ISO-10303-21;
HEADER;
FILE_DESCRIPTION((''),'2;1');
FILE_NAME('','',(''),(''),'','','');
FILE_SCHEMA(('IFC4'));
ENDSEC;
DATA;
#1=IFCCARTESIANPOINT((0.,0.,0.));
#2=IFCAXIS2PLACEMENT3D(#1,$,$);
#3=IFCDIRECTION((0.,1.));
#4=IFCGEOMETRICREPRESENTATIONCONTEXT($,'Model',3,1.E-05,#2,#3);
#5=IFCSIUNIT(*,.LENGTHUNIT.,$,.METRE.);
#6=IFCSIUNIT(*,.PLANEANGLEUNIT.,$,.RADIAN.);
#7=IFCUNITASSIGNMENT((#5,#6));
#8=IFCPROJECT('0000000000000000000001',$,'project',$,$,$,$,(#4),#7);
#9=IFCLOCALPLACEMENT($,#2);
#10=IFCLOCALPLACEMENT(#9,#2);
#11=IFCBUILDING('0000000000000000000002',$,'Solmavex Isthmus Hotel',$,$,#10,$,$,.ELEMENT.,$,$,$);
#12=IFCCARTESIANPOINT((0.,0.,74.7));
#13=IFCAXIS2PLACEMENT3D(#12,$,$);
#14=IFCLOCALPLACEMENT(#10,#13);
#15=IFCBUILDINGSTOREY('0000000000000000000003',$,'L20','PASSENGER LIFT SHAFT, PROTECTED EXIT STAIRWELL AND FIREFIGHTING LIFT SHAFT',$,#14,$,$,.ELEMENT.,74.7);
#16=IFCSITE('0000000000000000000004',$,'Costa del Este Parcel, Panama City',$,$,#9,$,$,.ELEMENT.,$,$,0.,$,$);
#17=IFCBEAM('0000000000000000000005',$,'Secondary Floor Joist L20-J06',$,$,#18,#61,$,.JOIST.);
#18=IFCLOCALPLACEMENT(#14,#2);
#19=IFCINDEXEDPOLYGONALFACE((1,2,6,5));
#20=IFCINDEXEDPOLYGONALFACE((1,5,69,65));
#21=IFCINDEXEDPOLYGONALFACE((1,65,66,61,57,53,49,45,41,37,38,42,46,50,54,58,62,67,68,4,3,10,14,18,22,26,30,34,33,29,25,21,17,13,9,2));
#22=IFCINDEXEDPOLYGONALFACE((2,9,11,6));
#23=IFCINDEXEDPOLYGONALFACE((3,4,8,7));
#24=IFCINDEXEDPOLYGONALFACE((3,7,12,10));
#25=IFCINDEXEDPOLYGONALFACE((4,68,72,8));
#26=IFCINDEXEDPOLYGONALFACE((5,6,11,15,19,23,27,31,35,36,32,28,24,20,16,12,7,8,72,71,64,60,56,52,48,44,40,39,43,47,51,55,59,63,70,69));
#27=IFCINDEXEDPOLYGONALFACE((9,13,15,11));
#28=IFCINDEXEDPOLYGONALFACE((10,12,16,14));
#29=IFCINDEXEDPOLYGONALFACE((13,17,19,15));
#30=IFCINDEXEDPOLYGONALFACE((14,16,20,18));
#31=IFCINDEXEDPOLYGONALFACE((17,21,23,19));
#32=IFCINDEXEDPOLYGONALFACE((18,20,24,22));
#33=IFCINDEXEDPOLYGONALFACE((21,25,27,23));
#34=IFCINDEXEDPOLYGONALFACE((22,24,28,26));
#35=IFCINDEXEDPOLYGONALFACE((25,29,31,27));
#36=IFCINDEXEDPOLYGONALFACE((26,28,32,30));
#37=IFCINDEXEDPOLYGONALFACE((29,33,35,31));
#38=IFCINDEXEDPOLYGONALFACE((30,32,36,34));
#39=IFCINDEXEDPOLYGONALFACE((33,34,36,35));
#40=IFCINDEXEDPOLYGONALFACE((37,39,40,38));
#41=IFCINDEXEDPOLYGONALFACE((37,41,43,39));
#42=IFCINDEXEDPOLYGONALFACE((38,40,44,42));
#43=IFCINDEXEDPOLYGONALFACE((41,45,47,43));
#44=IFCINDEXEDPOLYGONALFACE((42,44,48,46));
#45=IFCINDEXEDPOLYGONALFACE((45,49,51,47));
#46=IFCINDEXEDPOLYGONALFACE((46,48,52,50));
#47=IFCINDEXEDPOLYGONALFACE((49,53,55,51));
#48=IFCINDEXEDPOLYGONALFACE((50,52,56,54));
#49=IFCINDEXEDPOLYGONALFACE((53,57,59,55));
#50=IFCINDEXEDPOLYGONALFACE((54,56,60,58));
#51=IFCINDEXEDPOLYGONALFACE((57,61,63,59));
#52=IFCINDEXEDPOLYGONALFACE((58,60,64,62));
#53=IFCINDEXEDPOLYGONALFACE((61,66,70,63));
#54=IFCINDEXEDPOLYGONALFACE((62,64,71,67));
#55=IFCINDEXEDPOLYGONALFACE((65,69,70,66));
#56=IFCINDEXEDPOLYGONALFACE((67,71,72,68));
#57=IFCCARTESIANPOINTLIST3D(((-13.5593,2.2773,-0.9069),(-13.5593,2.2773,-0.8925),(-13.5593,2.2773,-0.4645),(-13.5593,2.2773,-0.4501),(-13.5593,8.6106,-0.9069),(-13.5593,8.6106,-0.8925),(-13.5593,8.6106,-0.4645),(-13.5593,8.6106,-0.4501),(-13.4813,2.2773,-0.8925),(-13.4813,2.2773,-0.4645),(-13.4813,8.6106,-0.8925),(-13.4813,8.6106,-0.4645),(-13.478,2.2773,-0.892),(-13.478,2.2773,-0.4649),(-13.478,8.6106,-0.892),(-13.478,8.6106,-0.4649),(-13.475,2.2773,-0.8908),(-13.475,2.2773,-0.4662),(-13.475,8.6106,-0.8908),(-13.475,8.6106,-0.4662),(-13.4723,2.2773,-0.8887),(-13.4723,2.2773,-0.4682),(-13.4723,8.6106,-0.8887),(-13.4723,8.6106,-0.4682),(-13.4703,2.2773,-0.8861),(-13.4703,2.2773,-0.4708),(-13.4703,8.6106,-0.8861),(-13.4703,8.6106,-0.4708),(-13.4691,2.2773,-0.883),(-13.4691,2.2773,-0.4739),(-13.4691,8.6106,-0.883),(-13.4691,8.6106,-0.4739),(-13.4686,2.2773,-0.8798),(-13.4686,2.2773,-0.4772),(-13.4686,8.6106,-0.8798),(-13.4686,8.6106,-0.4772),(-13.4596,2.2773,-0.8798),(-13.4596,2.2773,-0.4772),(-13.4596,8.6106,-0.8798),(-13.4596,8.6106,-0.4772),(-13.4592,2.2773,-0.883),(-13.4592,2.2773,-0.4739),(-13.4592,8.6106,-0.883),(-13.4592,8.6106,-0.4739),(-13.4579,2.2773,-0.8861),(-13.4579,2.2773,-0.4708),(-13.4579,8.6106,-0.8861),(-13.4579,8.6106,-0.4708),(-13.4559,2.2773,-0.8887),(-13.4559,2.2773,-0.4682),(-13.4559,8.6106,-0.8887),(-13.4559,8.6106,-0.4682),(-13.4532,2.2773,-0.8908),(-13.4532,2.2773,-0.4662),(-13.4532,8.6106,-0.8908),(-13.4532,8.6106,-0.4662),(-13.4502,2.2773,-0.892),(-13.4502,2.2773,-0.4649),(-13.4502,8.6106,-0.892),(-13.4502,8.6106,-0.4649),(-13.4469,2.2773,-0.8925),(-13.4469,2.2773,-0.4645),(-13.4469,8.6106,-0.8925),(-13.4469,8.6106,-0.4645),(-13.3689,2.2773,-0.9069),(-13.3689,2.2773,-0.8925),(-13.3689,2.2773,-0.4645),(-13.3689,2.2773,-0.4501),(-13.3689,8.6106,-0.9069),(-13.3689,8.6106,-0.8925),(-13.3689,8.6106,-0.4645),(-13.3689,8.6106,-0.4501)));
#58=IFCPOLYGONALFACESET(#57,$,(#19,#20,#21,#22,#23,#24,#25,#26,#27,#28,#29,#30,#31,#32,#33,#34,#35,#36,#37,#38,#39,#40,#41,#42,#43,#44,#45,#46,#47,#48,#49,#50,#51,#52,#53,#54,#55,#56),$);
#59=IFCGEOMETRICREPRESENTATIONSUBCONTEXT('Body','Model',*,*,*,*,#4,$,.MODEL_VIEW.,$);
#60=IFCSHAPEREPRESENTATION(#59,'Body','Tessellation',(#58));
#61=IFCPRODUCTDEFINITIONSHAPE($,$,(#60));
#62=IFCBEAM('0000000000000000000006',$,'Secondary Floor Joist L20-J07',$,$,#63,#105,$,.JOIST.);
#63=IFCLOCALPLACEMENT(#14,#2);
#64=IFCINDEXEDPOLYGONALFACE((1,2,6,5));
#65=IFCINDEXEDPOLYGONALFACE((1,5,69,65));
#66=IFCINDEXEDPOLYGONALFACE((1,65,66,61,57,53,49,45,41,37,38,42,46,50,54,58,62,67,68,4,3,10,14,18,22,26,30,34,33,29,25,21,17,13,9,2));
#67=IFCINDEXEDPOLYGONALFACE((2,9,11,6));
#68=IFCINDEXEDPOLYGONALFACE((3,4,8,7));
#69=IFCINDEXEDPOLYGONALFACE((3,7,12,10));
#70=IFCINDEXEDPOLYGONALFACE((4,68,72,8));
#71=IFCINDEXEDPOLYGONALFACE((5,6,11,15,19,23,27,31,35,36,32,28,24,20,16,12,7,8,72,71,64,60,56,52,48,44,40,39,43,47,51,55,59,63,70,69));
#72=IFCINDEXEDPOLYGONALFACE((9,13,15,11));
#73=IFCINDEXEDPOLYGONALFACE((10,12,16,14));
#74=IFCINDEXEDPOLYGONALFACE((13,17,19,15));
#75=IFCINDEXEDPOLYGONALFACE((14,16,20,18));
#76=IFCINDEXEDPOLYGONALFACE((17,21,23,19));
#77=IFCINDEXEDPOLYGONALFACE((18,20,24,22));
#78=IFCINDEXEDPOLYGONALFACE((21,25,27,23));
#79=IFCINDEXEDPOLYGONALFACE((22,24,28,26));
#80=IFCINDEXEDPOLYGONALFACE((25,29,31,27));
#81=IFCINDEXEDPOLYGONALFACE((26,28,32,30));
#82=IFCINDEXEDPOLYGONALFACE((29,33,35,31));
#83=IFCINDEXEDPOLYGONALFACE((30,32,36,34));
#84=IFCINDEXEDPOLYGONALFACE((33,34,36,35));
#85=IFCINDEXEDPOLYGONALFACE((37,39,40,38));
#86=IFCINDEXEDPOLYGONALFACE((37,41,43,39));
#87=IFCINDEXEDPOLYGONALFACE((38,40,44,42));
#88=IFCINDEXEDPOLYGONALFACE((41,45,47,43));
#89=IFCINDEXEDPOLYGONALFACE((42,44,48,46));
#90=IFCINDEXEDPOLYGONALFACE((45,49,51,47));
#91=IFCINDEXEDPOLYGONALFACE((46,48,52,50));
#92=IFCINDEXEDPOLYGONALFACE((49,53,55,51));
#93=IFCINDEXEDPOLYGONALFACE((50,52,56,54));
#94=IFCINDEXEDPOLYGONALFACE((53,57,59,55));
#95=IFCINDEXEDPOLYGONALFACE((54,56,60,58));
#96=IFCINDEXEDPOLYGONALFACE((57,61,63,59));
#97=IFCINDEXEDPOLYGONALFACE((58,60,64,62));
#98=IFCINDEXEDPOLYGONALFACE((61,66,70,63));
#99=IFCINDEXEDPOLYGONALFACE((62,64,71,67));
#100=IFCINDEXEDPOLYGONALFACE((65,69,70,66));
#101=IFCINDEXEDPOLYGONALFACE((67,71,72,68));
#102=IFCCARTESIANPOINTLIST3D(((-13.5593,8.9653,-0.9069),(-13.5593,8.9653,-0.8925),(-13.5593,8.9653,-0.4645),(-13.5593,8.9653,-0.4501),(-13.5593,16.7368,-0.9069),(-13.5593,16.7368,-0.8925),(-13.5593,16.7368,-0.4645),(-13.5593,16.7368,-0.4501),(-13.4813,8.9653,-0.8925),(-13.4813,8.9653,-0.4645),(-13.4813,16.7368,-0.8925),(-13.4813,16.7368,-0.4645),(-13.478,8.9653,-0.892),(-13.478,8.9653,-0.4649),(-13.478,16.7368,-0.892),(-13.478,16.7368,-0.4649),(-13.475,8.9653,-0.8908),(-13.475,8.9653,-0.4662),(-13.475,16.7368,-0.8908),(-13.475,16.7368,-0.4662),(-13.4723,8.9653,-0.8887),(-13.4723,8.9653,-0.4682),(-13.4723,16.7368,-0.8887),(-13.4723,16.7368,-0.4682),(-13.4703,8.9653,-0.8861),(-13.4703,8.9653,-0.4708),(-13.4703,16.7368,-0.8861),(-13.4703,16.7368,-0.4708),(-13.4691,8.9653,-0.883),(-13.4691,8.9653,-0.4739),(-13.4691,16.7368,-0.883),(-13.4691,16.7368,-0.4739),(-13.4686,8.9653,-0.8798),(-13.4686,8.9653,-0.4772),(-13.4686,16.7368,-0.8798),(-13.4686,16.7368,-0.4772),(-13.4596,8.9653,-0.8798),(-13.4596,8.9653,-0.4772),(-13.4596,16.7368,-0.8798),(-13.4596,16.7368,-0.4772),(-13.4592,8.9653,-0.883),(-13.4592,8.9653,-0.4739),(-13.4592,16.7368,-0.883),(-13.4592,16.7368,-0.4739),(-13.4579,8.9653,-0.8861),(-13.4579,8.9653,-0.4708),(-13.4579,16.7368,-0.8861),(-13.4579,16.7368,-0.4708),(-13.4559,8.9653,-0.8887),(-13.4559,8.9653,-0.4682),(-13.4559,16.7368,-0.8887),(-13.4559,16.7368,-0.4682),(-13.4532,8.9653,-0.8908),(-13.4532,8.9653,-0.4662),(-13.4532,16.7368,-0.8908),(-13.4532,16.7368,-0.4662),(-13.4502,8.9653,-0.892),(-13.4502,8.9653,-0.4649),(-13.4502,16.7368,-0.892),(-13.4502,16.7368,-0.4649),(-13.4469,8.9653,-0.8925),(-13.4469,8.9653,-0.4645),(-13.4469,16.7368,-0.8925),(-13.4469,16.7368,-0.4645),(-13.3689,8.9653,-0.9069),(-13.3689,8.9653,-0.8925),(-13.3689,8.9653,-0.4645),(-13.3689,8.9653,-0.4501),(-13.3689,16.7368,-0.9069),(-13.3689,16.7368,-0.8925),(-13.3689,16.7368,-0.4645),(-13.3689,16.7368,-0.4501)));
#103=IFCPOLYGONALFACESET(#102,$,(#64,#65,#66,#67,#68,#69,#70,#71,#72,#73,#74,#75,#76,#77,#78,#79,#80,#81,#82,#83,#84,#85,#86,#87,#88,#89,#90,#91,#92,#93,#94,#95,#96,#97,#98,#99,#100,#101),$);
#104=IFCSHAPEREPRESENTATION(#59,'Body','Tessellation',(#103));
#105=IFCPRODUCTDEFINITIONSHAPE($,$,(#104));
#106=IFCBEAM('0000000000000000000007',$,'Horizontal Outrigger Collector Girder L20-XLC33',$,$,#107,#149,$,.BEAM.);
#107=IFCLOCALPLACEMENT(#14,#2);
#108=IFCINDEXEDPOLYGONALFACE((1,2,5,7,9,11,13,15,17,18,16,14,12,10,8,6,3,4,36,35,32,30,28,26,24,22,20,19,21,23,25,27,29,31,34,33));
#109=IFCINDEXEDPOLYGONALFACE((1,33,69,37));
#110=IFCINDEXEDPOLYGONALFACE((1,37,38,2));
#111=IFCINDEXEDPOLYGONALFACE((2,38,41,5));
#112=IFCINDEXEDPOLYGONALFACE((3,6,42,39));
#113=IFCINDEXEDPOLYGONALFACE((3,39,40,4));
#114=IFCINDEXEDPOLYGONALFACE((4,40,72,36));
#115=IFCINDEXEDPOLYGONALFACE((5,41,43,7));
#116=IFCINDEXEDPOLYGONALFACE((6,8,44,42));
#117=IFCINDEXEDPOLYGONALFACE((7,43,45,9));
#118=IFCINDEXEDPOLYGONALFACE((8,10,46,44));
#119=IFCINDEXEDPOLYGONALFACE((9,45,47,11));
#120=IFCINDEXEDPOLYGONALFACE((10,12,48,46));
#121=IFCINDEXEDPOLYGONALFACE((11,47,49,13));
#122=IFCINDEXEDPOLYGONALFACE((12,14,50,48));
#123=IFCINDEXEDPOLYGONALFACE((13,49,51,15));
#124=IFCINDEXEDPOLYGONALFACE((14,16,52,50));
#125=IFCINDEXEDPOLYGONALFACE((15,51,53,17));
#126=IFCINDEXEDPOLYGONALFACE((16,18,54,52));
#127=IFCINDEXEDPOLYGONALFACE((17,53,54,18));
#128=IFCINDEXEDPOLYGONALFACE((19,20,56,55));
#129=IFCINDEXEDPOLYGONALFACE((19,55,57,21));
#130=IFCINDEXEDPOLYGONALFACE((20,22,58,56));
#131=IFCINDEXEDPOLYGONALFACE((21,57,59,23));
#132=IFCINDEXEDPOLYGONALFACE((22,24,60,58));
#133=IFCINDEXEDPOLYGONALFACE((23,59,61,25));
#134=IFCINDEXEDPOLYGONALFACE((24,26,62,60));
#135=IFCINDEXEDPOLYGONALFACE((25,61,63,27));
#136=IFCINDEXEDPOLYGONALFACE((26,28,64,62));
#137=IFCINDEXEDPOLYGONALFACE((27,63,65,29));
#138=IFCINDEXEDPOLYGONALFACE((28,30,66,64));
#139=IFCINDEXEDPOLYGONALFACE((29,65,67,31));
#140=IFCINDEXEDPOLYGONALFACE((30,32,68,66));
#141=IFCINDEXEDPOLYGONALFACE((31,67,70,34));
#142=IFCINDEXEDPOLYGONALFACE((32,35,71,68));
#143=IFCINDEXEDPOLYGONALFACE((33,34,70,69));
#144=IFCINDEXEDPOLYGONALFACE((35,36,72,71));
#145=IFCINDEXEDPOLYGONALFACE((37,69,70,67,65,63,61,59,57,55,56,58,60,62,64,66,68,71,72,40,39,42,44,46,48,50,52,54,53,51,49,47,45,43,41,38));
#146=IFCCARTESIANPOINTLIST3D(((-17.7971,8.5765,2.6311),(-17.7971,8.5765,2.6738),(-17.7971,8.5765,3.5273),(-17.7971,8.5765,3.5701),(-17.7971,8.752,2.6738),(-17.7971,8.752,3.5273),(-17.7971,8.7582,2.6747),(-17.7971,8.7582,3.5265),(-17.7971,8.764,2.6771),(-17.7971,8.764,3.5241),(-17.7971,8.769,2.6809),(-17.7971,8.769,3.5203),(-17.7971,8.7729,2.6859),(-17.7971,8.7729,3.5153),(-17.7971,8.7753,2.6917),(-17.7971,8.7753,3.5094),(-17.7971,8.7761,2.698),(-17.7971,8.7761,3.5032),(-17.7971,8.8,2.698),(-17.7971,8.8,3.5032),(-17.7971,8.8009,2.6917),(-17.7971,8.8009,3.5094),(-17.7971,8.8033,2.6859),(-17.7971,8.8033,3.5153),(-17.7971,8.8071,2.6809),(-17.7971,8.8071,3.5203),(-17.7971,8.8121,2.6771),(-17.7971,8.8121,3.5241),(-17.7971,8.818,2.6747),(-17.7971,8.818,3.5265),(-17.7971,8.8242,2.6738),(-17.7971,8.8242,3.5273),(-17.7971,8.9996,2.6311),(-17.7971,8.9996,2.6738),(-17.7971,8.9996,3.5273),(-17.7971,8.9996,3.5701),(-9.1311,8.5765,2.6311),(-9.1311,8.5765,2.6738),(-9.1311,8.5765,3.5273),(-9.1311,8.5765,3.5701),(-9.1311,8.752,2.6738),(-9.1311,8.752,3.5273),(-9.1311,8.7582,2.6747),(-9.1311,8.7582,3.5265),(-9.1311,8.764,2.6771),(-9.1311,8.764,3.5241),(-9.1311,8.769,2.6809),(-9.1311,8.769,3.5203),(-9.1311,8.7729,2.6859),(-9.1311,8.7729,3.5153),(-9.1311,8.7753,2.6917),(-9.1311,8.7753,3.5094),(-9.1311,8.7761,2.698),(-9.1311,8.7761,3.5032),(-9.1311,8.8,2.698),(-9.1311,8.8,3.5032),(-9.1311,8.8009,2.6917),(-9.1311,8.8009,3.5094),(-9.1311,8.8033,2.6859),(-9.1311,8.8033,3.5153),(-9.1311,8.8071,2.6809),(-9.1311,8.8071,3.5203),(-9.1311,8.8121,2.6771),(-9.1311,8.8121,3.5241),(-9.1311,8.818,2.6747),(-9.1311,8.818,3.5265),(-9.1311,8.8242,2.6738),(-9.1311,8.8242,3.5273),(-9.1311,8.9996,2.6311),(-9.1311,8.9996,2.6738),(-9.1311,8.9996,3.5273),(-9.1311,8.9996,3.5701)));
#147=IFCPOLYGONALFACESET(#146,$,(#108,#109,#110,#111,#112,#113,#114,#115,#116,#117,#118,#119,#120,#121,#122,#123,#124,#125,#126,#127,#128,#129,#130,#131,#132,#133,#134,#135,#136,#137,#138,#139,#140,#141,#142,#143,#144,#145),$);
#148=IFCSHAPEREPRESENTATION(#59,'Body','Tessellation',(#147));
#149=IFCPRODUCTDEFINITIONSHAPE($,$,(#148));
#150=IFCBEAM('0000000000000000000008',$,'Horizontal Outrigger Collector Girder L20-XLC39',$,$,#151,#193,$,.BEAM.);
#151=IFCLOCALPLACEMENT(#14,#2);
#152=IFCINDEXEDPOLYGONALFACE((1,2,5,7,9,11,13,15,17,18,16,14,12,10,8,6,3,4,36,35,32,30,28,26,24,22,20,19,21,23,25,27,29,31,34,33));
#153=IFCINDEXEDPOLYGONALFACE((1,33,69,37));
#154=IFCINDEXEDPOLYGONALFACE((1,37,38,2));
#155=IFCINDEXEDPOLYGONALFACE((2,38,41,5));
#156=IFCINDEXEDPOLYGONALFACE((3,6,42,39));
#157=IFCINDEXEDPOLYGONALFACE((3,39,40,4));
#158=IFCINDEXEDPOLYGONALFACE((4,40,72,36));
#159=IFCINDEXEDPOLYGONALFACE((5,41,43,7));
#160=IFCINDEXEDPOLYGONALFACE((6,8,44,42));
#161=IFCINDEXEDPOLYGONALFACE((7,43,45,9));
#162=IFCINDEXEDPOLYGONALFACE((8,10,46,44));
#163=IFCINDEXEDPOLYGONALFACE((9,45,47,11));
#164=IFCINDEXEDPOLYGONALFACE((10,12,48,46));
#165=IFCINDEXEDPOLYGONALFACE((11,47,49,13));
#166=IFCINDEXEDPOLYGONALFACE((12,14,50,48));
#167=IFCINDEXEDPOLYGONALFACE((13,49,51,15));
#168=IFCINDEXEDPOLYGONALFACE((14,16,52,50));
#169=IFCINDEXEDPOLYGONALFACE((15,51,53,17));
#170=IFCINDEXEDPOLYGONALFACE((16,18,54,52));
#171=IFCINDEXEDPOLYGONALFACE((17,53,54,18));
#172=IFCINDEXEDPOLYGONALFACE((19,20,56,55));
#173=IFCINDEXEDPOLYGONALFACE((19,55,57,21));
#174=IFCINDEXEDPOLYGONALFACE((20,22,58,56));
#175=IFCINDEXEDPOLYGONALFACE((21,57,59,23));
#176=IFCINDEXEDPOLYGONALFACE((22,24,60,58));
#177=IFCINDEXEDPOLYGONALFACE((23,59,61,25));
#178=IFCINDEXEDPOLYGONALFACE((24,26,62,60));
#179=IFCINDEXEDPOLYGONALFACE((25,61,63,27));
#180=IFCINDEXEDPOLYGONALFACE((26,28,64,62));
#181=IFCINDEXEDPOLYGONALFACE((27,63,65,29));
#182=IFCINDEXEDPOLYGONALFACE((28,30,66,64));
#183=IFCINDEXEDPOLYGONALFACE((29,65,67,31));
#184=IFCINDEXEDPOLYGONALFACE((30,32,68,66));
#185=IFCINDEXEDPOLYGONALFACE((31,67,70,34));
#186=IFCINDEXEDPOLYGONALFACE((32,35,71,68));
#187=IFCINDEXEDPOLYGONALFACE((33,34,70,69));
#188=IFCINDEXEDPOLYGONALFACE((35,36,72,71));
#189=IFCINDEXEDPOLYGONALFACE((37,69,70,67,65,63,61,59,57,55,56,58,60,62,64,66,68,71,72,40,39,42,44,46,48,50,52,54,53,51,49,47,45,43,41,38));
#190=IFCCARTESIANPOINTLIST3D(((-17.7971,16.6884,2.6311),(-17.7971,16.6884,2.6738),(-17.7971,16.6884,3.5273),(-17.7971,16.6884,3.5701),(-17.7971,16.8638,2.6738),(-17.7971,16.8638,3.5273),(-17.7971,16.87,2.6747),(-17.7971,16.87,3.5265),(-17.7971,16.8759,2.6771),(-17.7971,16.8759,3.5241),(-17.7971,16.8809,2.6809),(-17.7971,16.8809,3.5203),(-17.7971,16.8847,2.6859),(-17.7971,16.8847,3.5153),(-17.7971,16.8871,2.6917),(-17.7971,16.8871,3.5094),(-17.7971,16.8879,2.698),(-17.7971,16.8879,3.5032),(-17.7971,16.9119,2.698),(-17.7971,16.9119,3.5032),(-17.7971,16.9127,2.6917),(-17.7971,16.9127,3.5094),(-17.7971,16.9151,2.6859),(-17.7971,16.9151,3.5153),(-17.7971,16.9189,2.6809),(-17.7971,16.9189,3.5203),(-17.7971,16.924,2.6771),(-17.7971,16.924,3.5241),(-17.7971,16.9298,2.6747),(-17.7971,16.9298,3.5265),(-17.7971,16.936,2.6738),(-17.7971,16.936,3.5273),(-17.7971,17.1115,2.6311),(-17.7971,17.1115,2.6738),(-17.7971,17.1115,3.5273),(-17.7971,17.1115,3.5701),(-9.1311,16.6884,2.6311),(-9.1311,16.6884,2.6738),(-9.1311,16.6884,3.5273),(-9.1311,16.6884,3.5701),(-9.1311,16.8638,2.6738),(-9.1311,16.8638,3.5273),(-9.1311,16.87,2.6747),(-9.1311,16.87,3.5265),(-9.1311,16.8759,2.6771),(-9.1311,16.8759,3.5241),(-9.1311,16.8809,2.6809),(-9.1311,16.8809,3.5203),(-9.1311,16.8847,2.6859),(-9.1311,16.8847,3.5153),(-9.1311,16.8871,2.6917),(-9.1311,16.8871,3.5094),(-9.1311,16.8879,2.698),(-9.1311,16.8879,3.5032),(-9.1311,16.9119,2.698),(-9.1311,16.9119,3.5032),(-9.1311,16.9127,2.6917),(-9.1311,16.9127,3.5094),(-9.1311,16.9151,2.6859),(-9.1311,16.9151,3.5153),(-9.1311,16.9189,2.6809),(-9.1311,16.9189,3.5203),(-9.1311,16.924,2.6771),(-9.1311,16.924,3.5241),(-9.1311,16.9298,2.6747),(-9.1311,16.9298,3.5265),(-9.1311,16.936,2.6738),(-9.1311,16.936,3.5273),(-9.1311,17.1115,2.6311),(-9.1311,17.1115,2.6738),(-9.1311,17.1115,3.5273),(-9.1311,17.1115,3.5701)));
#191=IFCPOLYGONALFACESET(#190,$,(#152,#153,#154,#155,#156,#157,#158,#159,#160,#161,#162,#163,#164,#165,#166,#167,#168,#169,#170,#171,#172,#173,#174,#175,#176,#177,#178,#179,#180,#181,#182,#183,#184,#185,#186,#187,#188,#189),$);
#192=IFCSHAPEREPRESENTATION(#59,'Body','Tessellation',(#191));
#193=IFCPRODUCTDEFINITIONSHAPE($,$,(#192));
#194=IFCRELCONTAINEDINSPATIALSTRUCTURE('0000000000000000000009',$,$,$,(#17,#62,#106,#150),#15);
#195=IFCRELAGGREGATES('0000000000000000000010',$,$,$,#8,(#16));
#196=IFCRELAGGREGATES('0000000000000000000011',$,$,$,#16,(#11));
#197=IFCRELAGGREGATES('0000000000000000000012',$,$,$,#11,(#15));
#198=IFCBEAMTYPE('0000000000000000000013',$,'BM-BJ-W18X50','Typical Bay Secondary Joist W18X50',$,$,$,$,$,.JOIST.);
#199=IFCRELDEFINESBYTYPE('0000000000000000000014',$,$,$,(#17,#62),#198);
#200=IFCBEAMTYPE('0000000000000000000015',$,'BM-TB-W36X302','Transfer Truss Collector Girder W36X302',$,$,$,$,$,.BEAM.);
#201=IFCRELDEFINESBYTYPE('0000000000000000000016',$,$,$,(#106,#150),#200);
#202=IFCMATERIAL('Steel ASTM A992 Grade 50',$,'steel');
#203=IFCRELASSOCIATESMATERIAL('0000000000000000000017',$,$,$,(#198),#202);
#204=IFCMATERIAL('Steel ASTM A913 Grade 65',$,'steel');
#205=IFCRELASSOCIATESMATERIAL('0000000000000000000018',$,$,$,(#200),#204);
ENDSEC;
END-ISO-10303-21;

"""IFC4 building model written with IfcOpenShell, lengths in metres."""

from ifc_helpers import new_model, si_unit, direction, frame, origin, origin_2d, place, context, subcontext, project, spatial, i_section, extrude, material, material_profile, profile_set, type_object, element, save


model = new_model("IFC4")

# Units and contexts
model_context = context("Model", 3, precision=1e-05, world=origin(), true_north=direction((0.0, 1.0)))
body_context = subcontext(model_context, "Body", "Model", "MODEL_VIEW")
ifc_project = project(units=[si_unit("LENGTHUNIT", "METRE"), si_unit("PLANEANGLEUNIT", "RADIAN")], contexts=[model_context])

# Site, building, storey
site_placement = place(None, origin())
site = spatial("IfcSite", under=ifc_project, at=site_placement, Name="Costa del Este Parcel, Panama City", CompositionType="ELEMENT", RefElevation=0.0)
building_placement = place(site_placement, origin())
building = spatial("IfcBuilding", under=site, at=building_placement, Name="Solmavex Isthmus Hotel", CompositionType="ELEMENT")
storey_placement = place(building_placement, frame((0.0, 0.0, 74.7)))
storey = spatial("IfcBuildingStorey", under=building, at=storey_placement, Name="L20", Description="PASSENGER LIFT SHAFT, PROTECTED EXIT STAIRWELL AND FIREFIGHTING LIFT SHAFT", CompositionType="ELEMENT", Elevation=74.7)

# Shared definitions
ifc_material_1 = material(Name="Steel ASTM A913 Grade 65", Category="steel")

# Beams
ifc_material_2 = material(Name="Steel ASTM A992 Grade 50", Category="steel")
ifc_material_profile_1 = material_profile(ifc_material_2, i_section(OverallWidth=0.1904, OverallDepth=0.4568, WebThickness=0.009, FlangeThickness=0.0144, FilletRadius=0.0127, at=origin_2d()), Name="W18X50")
ifc_profile_set_1 = profile_set([ifc_material_profile_1], Name="Steel ASTM A992 Grade 50")
beam_type_1 = type_object("IfcBeamType", Name="BM-BJ-W18X50", Description="Typical Bay Secondary Joist W18X50", PredefinedType="JOIST", material=ifc_profile_set_1)
beam_1_placement = place(storey_placement, frame((-13.4641, 2.2773, -0.6785), z_axis=(0.0, 1.0, 0.0), x_axis=(-1.0, 0.0, 0.0)))
element("IfcBeam", 1, at=beam_1_placement, inside=storey, type_object=beam_type_1, Name="Secondary Floor Joist L20-J06", PredefinedType="JOIST", context=body_context, shape_type="SweptSolid", body=[
    extrude(i_section(OverallWidth=0.1904, OverallDepth=0.4568, WebThickness=0.009, FlangeThickness=0.0144, FilletRadius=0.0127, at=origin_2d()), origin(), (0.0, 0.0, 1.0), 6.3333),
])
beam_2_placement = place(storey_placement, frame((-13.4641, 8.9653, -0.6785), z_axis=(0.0, 1.0, 0.0), x_axis=(-1.0, 0.0, 0.0)))
element("IfcBeam", 2, at=beam_2_placement, inside=storey, type_object=beam_type_1, Name="Secondary Floor Joist L20-J07", PredefinedType="JOIST", context=body_context, shape_type="SweptSolid", body=[
    extrude(i_section(OverallWidth=0.1904, OverallDepth=0.4568, WebThickness=0.009, FlangeThickness=0.0144, FilletRadius=0.0127, at=origin_2d()), origin(), (0.0, 0.0, 1.0), 7.7715),
])
ifc_material_profile_2 = material_profile(ifc_material_1, i_section(OverallWidth=0.4231, OverallDepth=0.939, WebThickness=0.0239, FlangeThickness=0.0427, FilletRadius=0.0242, at=origin_2d()), Name="W36X302")
ifc_profile_set_2 = profile_set([ifc_material_profile_2], Name="Steel ASTM A913 Grade 65")
beam_type_2 = type_object("IfcBeamType", Name="BM-TB-W36X302", Description="Transfer Truss Collector Girder W36X302", PredefinedType="BEAM", material=ifc_profile_set_2)
for number, where, z_axis, x_axis, name in (
    (3, (-17.7971, 8.7881, 3.1006), (1.0, 0.0, 0.0), (0.0, 1.0, 0.0), "Horizontal Outrigger Collector Girder L20-XLC33"),
    (4, (-17.7971, 16.8999, 3.1006), (1.0, 0.0, 0.0), (0.0, 1.0, 0.0), "Horizontal Outrigger Collector Girder L20-XLC39"),
):
    element("IfcBeam", number, at=place(storey_placement, frame(where, z_axis=z_axis, x_axis=x_axis)), inside=storey, type_object=beam_type_2, Name=name, PredefinedType="BEAM", context=body_context, shape_type="SweptSolid", body=[
        extrude(i_section(OverallWidth=0.4231, OverallDepth=0.939, WebThickness=0.0239, FlangeThickness=0.0427, FilletRadius=0.0242, at=origin_2d()), origin(), (0.0, 0.0, 1.0), 8.666),
    ])

save(model, "model.ifc")
